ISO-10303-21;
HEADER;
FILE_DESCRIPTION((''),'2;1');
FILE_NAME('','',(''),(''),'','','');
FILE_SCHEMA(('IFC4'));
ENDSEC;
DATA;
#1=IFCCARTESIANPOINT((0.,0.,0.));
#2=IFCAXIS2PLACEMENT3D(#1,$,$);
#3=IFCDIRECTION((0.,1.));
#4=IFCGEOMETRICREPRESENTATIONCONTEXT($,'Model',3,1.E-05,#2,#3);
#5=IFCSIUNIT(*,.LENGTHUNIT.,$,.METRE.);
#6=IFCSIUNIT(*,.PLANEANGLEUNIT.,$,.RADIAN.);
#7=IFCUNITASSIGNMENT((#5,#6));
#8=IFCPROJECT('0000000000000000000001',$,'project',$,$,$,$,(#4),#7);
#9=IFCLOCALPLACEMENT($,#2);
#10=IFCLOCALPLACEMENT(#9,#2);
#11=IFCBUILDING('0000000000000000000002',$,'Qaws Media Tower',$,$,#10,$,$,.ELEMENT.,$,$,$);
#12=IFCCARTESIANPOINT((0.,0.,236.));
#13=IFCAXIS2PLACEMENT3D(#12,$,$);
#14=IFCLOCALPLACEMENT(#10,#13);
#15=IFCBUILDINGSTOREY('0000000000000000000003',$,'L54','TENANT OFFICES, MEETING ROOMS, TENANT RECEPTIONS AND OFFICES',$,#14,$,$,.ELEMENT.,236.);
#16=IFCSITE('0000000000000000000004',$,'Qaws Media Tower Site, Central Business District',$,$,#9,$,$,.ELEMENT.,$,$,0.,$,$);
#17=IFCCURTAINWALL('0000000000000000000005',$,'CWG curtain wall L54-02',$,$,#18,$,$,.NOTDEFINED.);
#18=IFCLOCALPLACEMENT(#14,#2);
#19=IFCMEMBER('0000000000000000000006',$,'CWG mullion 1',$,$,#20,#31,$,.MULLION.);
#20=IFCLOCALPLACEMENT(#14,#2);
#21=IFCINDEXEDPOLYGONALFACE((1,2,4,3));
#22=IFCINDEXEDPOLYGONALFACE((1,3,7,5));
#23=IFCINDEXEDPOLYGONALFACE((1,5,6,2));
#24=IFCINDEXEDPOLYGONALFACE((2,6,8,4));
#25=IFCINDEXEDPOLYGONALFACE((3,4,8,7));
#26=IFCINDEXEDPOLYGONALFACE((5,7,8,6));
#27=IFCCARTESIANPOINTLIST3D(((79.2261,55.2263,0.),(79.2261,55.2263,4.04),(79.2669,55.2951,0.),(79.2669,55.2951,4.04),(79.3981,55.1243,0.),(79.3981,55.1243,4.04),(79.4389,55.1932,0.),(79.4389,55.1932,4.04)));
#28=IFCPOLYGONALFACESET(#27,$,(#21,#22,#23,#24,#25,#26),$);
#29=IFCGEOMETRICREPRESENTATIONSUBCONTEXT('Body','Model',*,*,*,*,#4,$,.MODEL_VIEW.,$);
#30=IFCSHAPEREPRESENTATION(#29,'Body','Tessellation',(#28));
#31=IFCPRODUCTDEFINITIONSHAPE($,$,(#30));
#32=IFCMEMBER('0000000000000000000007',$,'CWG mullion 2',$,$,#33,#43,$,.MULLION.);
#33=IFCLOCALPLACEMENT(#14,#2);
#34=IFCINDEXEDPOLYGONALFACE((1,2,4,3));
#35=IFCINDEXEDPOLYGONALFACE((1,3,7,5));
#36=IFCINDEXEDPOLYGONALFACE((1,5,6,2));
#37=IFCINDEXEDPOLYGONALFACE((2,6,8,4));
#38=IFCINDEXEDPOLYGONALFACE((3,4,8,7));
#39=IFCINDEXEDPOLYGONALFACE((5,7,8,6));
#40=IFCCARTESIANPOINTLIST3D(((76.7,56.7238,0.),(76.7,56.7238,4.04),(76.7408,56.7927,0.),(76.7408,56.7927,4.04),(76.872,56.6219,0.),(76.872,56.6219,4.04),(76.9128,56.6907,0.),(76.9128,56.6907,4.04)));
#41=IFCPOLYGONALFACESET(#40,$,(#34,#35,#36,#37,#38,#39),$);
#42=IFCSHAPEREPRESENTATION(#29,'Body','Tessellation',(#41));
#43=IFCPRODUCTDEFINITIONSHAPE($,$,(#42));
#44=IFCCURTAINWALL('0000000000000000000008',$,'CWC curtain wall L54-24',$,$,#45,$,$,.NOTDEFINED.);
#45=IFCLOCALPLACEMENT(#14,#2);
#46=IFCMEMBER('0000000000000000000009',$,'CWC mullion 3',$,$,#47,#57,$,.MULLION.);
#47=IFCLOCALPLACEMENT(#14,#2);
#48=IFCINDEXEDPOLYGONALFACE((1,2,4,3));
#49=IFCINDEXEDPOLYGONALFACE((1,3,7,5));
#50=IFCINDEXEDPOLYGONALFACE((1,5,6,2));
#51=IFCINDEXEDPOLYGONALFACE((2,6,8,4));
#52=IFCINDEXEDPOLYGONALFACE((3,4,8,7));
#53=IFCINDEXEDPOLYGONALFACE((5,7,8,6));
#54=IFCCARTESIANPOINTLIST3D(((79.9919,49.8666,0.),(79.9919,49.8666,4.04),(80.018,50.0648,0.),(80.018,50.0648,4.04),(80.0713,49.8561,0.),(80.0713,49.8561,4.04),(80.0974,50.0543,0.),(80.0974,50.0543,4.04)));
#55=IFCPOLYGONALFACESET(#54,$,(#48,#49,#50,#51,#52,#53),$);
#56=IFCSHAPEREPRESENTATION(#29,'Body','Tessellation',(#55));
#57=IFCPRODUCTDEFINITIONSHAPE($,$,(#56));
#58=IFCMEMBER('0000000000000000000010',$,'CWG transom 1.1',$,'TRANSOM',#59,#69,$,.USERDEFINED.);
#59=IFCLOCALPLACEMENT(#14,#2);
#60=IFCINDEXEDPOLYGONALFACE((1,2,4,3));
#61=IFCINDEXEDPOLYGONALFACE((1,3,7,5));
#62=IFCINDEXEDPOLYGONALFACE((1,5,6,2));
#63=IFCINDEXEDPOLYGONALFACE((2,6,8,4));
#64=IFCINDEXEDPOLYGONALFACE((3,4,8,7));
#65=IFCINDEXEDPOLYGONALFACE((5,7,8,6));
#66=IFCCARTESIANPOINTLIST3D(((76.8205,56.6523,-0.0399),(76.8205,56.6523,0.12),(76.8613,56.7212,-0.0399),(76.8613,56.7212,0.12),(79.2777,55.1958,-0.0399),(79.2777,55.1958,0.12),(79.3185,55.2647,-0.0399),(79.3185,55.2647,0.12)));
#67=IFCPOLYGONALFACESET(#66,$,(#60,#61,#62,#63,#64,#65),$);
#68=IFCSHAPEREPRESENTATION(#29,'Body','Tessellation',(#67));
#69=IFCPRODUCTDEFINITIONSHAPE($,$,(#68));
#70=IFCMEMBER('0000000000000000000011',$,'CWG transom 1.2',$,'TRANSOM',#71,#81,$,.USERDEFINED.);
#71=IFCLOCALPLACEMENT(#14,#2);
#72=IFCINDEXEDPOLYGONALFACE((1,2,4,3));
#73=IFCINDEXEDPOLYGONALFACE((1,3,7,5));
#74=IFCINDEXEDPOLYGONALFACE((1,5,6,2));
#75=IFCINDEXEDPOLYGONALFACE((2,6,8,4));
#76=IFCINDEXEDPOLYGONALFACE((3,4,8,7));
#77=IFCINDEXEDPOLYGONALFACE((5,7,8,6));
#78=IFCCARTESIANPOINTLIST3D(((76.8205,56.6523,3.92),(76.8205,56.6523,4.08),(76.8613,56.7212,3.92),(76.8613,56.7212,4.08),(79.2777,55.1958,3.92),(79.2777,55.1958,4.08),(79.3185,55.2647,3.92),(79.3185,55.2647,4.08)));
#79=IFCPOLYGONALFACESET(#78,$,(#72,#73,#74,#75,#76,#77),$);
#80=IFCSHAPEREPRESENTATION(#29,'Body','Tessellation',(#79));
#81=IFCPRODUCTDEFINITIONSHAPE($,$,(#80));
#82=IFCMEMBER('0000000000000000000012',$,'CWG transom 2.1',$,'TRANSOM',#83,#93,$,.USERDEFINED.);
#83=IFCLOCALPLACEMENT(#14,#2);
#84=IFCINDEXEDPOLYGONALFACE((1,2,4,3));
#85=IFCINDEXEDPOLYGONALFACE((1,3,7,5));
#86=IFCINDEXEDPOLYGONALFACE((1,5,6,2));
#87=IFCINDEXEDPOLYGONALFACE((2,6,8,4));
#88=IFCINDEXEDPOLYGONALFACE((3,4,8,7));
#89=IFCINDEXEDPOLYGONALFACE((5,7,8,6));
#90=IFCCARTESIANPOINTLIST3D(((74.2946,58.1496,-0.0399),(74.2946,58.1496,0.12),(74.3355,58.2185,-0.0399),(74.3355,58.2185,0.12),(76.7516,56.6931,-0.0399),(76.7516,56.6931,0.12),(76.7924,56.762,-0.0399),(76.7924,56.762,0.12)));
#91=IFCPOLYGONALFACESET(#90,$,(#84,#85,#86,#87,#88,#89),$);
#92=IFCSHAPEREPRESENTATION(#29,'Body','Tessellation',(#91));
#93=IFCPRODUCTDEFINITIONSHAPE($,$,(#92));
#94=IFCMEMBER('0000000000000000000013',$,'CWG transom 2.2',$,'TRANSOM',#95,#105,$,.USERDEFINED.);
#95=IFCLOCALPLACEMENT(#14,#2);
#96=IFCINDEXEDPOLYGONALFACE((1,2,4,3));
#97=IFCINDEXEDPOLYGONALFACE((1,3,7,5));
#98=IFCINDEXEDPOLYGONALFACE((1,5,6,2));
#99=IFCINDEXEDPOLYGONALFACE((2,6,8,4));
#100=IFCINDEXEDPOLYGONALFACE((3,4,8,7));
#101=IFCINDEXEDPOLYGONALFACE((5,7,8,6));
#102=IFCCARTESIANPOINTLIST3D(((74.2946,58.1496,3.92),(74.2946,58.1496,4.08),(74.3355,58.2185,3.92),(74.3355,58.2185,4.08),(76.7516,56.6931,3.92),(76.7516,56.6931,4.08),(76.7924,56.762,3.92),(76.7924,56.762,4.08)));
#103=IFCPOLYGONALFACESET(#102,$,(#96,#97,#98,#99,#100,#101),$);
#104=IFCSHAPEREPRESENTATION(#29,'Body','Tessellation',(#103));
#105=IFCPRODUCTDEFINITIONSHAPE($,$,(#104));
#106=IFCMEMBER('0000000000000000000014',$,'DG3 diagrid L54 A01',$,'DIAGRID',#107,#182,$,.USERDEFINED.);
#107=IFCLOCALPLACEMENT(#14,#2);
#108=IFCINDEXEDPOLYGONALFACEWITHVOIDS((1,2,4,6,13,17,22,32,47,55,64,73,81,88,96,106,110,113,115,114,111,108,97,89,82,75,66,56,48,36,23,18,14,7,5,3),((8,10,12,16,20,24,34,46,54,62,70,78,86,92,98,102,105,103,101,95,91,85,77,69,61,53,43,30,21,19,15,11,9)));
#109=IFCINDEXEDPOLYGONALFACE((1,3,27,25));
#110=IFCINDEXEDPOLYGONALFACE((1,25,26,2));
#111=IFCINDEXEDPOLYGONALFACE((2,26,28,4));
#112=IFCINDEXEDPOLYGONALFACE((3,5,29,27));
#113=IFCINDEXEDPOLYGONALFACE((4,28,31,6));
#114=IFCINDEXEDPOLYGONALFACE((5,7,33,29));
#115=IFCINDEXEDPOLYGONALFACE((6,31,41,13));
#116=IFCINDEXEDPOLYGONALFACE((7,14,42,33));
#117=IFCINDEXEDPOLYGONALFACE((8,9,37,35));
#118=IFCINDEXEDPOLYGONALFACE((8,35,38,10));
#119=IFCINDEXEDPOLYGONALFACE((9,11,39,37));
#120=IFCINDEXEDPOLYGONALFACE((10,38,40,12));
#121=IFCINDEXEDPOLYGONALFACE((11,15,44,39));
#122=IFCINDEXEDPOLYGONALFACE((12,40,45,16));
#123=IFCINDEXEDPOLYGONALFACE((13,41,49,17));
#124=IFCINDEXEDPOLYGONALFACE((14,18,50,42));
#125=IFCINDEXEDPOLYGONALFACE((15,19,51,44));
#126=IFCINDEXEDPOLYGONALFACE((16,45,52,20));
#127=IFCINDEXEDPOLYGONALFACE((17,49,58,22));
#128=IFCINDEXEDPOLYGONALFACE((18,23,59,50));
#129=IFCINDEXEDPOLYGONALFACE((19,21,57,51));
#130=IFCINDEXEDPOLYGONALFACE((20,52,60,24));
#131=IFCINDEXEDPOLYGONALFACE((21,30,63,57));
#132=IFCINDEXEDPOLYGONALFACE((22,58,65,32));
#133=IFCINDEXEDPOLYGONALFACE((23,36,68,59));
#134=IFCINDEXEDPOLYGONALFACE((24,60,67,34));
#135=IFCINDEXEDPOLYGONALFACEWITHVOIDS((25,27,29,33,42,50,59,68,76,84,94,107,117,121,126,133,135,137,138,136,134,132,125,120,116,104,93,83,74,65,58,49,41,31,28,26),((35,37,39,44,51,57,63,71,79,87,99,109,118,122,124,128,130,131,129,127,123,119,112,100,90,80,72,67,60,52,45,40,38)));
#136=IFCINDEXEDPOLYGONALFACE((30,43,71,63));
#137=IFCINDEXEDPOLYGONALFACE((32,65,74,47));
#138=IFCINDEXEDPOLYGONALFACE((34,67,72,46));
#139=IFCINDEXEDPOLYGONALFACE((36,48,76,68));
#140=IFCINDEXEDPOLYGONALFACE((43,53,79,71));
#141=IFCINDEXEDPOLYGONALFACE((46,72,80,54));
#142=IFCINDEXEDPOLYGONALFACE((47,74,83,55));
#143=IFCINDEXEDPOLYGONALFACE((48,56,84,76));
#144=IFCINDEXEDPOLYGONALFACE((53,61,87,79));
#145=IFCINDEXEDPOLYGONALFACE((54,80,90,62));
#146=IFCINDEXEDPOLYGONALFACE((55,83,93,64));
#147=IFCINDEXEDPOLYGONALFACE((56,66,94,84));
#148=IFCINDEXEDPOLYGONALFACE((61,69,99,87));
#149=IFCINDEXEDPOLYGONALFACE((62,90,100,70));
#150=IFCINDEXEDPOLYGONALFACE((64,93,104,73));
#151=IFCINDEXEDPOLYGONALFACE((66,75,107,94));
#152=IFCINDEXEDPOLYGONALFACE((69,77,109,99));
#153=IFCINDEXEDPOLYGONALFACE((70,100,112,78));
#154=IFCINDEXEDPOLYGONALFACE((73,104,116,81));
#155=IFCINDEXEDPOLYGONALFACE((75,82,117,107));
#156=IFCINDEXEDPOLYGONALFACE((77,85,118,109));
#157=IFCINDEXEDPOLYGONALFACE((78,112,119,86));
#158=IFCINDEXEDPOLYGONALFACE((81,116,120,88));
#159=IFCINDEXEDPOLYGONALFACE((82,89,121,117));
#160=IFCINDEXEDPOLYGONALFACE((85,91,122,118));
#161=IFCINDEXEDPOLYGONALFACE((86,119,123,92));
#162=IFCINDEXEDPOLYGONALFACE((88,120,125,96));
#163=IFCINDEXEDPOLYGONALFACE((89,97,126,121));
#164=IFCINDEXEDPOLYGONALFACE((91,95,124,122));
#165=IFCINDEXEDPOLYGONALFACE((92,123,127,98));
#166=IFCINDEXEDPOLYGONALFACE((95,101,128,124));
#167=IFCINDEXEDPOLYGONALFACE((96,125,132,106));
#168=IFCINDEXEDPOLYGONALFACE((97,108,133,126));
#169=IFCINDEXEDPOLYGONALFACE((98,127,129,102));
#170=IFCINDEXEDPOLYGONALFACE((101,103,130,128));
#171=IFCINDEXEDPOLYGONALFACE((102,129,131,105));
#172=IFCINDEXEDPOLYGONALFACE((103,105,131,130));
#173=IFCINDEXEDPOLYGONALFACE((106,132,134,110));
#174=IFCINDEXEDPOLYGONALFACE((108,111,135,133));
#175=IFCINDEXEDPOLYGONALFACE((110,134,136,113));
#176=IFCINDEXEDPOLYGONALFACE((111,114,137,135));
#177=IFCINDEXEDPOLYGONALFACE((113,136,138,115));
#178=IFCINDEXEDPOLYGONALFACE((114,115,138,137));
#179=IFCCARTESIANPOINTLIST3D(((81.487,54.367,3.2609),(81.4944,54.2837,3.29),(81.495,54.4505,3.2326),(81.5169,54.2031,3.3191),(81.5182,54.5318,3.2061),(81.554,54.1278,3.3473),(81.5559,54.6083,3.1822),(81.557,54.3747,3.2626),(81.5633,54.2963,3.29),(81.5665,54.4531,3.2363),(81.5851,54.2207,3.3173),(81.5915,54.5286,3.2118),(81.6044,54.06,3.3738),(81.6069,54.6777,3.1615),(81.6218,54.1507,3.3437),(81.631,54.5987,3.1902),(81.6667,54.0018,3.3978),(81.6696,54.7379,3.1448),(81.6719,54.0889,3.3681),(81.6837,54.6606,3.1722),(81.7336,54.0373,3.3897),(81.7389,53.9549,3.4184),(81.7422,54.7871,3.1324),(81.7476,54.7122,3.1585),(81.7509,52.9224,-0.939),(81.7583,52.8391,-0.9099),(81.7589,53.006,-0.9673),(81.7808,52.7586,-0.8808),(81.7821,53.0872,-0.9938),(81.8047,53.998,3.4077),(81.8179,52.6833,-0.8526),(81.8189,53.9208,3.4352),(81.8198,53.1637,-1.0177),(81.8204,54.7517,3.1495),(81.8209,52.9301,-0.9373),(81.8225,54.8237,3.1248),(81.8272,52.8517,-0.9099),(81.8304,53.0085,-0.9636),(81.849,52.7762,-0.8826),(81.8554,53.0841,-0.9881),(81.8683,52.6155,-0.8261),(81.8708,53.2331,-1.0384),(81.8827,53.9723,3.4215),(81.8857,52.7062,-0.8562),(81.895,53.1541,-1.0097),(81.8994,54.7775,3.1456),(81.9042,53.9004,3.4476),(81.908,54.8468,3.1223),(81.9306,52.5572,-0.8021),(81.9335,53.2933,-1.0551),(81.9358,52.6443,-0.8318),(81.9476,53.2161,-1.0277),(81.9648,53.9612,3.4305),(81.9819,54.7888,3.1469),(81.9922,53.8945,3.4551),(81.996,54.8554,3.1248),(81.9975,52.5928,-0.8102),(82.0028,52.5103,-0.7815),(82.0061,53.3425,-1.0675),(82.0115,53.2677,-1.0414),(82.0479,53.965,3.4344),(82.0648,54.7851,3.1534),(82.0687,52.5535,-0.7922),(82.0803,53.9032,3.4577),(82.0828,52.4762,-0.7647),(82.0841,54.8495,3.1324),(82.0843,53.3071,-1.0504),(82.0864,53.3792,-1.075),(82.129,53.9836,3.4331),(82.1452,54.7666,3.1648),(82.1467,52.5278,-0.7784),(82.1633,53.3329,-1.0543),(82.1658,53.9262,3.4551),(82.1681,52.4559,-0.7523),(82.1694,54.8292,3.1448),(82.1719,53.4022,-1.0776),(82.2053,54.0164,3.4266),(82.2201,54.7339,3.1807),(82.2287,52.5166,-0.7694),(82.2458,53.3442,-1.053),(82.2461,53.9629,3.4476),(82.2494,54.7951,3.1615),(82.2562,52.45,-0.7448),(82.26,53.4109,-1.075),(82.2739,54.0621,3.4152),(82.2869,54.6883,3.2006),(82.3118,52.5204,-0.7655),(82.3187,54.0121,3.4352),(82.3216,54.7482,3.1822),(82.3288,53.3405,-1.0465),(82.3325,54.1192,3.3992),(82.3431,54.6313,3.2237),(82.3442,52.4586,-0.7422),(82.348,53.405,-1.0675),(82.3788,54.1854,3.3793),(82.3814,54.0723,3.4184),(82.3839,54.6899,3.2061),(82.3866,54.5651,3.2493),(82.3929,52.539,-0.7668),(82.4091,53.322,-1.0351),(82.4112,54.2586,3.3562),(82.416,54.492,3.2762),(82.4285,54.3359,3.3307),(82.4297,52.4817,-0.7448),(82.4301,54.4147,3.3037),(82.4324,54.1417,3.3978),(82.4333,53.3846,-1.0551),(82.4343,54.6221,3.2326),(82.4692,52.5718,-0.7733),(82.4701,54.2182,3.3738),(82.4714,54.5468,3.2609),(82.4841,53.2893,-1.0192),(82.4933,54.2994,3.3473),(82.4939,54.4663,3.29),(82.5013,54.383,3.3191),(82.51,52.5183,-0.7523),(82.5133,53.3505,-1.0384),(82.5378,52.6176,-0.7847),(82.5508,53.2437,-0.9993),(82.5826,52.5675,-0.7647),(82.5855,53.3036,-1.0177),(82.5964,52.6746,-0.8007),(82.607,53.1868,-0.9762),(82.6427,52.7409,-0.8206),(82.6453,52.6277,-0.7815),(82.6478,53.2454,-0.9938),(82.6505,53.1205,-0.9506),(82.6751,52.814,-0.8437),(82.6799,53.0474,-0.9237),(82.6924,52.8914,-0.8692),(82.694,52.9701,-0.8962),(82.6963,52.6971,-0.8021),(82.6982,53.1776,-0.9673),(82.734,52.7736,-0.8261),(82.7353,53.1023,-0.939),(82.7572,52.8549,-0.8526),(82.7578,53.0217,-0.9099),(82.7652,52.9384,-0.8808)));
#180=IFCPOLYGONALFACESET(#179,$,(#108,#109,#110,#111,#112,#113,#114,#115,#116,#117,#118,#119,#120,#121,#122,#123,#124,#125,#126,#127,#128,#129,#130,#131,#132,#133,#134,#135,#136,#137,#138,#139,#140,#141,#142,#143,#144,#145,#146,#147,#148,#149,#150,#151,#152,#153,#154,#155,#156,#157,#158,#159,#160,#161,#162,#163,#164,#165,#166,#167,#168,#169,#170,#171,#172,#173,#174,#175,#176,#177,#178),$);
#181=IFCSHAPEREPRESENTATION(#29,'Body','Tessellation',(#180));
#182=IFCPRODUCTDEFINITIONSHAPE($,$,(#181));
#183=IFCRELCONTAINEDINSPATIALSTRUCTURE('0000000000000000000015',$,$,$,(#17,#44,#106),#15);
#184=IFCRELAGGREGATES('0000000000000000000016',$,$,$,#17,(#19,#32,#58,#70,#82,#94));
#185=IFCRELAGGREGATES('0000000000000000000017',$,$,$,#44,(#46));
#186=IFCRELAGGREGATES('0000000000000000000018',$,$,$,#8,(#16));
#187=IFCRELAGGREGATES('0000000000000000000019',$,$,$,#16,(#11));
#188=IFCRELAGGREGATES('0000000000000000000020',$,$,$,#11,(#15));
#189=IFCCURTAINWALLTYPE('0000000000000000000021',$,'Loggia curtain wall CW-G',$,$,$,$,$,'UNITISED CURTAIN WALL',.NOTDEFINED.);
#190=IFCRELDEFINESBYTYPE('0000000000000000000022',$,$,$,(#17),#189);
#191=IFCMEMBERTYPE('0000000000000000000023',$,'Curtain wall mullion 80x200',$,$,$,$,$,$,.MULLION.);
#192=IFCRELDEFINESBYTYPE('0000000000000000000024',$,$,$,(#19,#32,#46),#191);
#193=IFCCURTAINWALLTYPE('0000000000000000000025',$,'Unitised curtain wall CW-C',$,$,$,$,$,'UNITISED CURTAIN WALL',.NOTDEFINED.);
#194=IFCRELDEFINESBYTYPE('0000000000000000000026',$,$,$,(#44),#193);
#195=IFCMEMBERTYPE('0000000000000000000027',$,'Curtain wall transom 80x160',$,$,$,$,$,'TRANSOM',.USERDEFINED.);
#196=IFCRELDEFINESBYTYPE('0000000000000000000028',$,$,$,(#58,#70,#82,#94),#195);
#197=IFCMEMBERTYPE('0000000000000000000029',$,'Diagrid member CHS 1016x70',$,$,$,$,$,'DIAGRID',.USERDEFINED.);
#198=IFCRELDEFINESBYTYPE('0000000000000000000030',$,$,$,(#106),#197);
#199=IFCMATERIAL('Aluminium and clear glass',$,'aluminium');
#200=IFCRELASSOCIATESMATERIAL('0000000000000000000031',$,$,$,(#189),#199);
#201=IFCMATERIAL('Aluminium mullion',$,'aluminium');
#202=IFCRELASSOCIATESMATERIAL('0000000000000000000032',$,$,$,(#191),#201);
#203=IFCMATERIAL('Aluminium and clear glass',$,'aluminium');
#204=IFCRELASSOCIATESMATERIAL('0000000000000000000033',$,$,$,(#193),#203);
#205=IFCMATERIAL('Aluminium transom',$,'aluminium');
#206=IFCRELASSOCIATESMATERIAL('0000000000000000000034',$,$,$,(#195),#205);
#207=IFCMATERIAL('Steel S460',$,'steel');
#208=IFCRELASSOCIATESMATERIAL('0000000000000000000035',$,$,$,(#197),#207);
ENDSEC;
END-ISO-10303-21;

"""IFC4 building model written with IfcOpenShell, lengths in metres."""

from ifc_helpers import new_model, si_unit, direction, frame, origin, origin_2d, place, context, subcontext, project, spatial, rectangle, hollow_circle, extrude, material, material_profile, profile_set, type_object, element, aggregate, save


model = new_model("IFC4")

# Units and contexts
model_context = context("Model", 3, precision=1e-05, world=origin(), true_north=direction((0.0, 1.0)))
body_context = subcontext(model_context, "Body", "Model", "MODEL_VIEW")
ifc_project = project(units=[si_unit("LENGTHUNIT", "METRE"), si_unit("PLANEANGLEUNIT", "RADIAN")], contexts=[model_context])

# Site, building, storey
site_placement = place(None, origin())
site = spatial("IfcSite", under=ifc_project, at=site_placement, Name="Qaws Media Tower Site, Central Business District", CompositionType="ELEMENT", RefElevation=0.0)
building_placement = place(site_placement, origin())
building = spatial("IfcBuilding", under=site, at=building_placement, Name="Qaws Media Tower", CompositionType="ELEMENT")
storey_placement = place(building_placement, frame((0.0, 0.0, 236.0)))
storey = spatial("IfcBuildingStorey", under=building, at=storey_placement, Name="L54", Description="TENANT OFFICES, MEETING ROOMS, TENANT RECEPTIONS AND OFFICES", CompositionType="ELEMENT", Elevation=236.0)

# Curtain wall, members
ifc_material_1 = material(Name="Aluminium and clear glass", Category="aluminium")
curtain_wall_type_1 = type_object("IfcCurtainWallType", Name="Loggia curtain wall CW-G", ElementType="UNITISED CURTAIN WALL", PredefinedType="NOTDEFINED", material=ifc_material_1)
curtain_wall_1_placement = place(storey_placement, origin())
curtain_wall_1 = element("IfcCurtainWall", 1, at=curtain_wall_1_placement, inside=storey, type_object=curtain_wall_type_1, Name="CWG curtain wall L54-02", PredefinedType="NOTDEFINED")
ifc_material_2 = material(Name="Aluminium mullion", Category="aluminium")
ifc_material_profile_1 = material_profile(ifc_material_2, rectangle(XDim=0.0801, YDim=0.2, at=origin_2d()), Name="80x200")
ifc_profile_set_1 = profile_set([ifc_material_profile_1], Name="Aluminium mullion")
member_type_1 = type_object("IfcMemberType", Name="Curtain wall mullion 80x200", PredefinedType="MULLION", material=ifc_profile_set_1)
member_1_placement = place(storey_placement, frame((79.3325, 55.2097, 0.0), z_axis=(0.0, 0.0, 1.0), x_axis=(-0.509951, -0.860204, 0.0)))
member_1 = element("IfcMember", 2, at=member_1_placement, type_object=member_type_1, Name="CWG mullion 1", PredefinedType="MULLION", context=body_context, shape_type="SweptSolid", body=[
    extrude(rectangle(XDim=0.0801, YDim=0.2, at=origin_2d()), origin(), (0.0, 0.0, 1.0), 4.04),
])
member_2_placement = place(storey_placement, frame((76.8064, 56.7073, 0.0), z_axis=(0.0, 0.0, 1.0), x_axis=(-0.509951, -0.860204, 0.0)))
member_2 = element("IfcMember", 3, at=member_2_placement, type_object=member_type_1, Name="CWG mullion 2", PredefinedType="MULLION", context=body_context, shape_type="SweptSolid", body=[
    extrude(rectangle(XDim=0.0801, YDim=0.2, at=origin_2d()), origin(), (0.0, 0.0, 1.0), 4.04),
])

# Curtain wall, member
ifc_material_3 = material(Name="Aluminium and clear glass", Category="aluminium")
curtain_wall_type_2 = type_object("IfcCurtainWallType", Name="Unitised curtain wall CW-C", ElementType="UNITISED CURTAIN WALL", PredefinedType="NOTDEFINED", material=ifc_material_3)
curtain_wall_2_placement = place(storey_placement, origin())
curtain_wall_2 = element("IfcCurtainWall", 4, at=curtain_wall_2_placement, inside=storey, type_object=curtain_wall_type_2, Name="CWC curtain wall L54-24", PredefinedType="NOTDEFINED")
member_3_placement = place(storey_placement, frame((80.0447, 49.9604, 0.0), z_axis=(0.0, 0.0, 1.0), x_axis=(-0.991445, 0.130526, 0.0)))
member_3 = element("IfcMember", 5, at=member_3_placement, type_object=member_type_1, Name="CWC mullion 3", PredefinedType="MULLION", context=body_context, shape_type="SweptSolid", body=[
    extrude(rectangle(XDim=0.0801, YDim=0.2, at=origin_2d()), origin(), (0.0, 0.0, 1.0), 4.04),
])

# Members
ifc_material_4 = material(Name="Aluminium transom", Category="aluminium")
ifc_material_profile_2 = material_profile(ifc_material_4, rectangle(XDim=0.0801, YDim=0.1599, at=origin_2d()), Name="80x160")
ifc_profile_set_2 = profile_set([ifc_material_profile_2], Name="Aluminium transom")
member_type_2 = type_object("IfcMemberType", Name="Curtain wall transom 80x160", ElementType="TRANSOM", PredefinedType="USERDEFINED", material=ifc_profile_set_2)
member_4_placement = place(storey_placement, frame((79.2981, 55.2302, 0.04), z_axis=(-0.860233, 0.509901, 0.0), x_axis=(-0.509901, -0.860233, 0.0)))
member_4 = element("IfcMember", 6, at=member_4_placement, type_object=member_type_2, Name="CWG transom 1.1", ObjectType="TRANSOM", PredefinedType="USERDEFINED", context=body_context, shape_type="SweptSolid", body=[
    extrude(rectangle(XDim=0.0801, YDim=0.1599, at=origin_2d()), origin(), (0.0, 0.0, 1.0), 2.8564),
])
member_5_placement = place(storey_placement, frame((79.2981, 55.2302, 4.0), z_axis=(-0.860233, 0.509901, 0.0), x_axis=(-0.509901, -0.860233, 0.0)))
member_5 = element("IfcMember", 7, at=member_5_placement, type_object=member_type_2, Name="CWG transom 1.2", ObjectType="TRANSOM", PredefinedType="USERDEFINED", context=body_context, shape_type="SweptSolid", body=[
    extrude(rectangle(XDim=0.0801, YDim=0.1599, at=origin_2d()), origin(), (0.0, 0.0, 1.0), 2.8564),
])
member_6_placement = place(storey_placement, frame((76.772, 56.7275, 0.04), z_axis=(-0.860211, 0.509938, 0.0), x_axis=(-0.509938, -0.860211, 0.0)))
member_6 = element("IfcMember", 8, at=member_6_placement, type_object=member_type_2, Name="CWG transom 2.1", ObjectType="TRANSOM", PredefinedType="USERDEFINED", context=body_context, shape_type="SweptSolid", body=[
    extrude(rectangle(XDim=0.0801, YDim=0.1599, at=origin_2d()), origin(), (0.0, 0.0, 1.0), 2.8562),
])
member_7_placement = place(storey_placement, frame((76.772, 56.7275, 4.0), z_axis=(-0.860211, 0.509938, 0.0), x_axis=(-0.509938, -0.860211, 0.0)))
member_7 = element("IfcMember", 9, at=member_7_placement, type_object=member_type_2, Name="CWG transom 2.2", ObjectType="TRANSOM", PredefinedType="USERDEFINED", context=body_context, shape_type="SweptSolid", body=[
    extrude(rectangle(XDim=0.0801, YDim=0.1599, at=origin_2d()), origin(), (0.0, 0.0, 1.0), 2.8562),
])

# Member
ifc_material_5 = material(Name="Steel S460", Category="steel")
ifc_material_profile_3 = material_profile(ifc_material_5, hollow_circle(Radius=0.5081, WallThickness=0.0701, at=origin_2d()), Name="CHS 1016x70")
ifc_profile_set_3 = profile_set([ifc_material_profile_3], Name="Steel S460")
member_type_3 = type_object("IfcMemberType", Name="Diagrid member CHS 1016x70", ElementType="DIAGRID", PredefinedType="USERDEFINED", material=ifc_profile_set_3)
for number, where, z_axis, x_axis, name in (
    (10, (82.2581, 52.9304, -0.9099), (-0.059317, 0.324678, 0.943963), (-0.983718, -0.179719, 0.0), "DG3 diagrid L54 A01"),
):
    element("IfcMember", number, at=place(storey_placement, frame(where, z_axis=z_axis, x_axis=x_axis)), inside=storey, type_object=member_type_3, Name=name, ObjectType="DIAGRID", PredefinedType="USERDEFINED", context=body_context, shape_type="SweptSolid", body=[
        extrude(hollow_circle(Radius=0.5081, WallThickness=0.0701, at=origin_2d()), origin(), (0.0, 0.0, 1.0), 4.4492),
    ])

aggregate(curtain_wall_1, [member_1, member_2, member_4, member_5, member_6, member_7])
aggregate(curtain_wall_2, [member_3])

save(model, "model.ifc")
